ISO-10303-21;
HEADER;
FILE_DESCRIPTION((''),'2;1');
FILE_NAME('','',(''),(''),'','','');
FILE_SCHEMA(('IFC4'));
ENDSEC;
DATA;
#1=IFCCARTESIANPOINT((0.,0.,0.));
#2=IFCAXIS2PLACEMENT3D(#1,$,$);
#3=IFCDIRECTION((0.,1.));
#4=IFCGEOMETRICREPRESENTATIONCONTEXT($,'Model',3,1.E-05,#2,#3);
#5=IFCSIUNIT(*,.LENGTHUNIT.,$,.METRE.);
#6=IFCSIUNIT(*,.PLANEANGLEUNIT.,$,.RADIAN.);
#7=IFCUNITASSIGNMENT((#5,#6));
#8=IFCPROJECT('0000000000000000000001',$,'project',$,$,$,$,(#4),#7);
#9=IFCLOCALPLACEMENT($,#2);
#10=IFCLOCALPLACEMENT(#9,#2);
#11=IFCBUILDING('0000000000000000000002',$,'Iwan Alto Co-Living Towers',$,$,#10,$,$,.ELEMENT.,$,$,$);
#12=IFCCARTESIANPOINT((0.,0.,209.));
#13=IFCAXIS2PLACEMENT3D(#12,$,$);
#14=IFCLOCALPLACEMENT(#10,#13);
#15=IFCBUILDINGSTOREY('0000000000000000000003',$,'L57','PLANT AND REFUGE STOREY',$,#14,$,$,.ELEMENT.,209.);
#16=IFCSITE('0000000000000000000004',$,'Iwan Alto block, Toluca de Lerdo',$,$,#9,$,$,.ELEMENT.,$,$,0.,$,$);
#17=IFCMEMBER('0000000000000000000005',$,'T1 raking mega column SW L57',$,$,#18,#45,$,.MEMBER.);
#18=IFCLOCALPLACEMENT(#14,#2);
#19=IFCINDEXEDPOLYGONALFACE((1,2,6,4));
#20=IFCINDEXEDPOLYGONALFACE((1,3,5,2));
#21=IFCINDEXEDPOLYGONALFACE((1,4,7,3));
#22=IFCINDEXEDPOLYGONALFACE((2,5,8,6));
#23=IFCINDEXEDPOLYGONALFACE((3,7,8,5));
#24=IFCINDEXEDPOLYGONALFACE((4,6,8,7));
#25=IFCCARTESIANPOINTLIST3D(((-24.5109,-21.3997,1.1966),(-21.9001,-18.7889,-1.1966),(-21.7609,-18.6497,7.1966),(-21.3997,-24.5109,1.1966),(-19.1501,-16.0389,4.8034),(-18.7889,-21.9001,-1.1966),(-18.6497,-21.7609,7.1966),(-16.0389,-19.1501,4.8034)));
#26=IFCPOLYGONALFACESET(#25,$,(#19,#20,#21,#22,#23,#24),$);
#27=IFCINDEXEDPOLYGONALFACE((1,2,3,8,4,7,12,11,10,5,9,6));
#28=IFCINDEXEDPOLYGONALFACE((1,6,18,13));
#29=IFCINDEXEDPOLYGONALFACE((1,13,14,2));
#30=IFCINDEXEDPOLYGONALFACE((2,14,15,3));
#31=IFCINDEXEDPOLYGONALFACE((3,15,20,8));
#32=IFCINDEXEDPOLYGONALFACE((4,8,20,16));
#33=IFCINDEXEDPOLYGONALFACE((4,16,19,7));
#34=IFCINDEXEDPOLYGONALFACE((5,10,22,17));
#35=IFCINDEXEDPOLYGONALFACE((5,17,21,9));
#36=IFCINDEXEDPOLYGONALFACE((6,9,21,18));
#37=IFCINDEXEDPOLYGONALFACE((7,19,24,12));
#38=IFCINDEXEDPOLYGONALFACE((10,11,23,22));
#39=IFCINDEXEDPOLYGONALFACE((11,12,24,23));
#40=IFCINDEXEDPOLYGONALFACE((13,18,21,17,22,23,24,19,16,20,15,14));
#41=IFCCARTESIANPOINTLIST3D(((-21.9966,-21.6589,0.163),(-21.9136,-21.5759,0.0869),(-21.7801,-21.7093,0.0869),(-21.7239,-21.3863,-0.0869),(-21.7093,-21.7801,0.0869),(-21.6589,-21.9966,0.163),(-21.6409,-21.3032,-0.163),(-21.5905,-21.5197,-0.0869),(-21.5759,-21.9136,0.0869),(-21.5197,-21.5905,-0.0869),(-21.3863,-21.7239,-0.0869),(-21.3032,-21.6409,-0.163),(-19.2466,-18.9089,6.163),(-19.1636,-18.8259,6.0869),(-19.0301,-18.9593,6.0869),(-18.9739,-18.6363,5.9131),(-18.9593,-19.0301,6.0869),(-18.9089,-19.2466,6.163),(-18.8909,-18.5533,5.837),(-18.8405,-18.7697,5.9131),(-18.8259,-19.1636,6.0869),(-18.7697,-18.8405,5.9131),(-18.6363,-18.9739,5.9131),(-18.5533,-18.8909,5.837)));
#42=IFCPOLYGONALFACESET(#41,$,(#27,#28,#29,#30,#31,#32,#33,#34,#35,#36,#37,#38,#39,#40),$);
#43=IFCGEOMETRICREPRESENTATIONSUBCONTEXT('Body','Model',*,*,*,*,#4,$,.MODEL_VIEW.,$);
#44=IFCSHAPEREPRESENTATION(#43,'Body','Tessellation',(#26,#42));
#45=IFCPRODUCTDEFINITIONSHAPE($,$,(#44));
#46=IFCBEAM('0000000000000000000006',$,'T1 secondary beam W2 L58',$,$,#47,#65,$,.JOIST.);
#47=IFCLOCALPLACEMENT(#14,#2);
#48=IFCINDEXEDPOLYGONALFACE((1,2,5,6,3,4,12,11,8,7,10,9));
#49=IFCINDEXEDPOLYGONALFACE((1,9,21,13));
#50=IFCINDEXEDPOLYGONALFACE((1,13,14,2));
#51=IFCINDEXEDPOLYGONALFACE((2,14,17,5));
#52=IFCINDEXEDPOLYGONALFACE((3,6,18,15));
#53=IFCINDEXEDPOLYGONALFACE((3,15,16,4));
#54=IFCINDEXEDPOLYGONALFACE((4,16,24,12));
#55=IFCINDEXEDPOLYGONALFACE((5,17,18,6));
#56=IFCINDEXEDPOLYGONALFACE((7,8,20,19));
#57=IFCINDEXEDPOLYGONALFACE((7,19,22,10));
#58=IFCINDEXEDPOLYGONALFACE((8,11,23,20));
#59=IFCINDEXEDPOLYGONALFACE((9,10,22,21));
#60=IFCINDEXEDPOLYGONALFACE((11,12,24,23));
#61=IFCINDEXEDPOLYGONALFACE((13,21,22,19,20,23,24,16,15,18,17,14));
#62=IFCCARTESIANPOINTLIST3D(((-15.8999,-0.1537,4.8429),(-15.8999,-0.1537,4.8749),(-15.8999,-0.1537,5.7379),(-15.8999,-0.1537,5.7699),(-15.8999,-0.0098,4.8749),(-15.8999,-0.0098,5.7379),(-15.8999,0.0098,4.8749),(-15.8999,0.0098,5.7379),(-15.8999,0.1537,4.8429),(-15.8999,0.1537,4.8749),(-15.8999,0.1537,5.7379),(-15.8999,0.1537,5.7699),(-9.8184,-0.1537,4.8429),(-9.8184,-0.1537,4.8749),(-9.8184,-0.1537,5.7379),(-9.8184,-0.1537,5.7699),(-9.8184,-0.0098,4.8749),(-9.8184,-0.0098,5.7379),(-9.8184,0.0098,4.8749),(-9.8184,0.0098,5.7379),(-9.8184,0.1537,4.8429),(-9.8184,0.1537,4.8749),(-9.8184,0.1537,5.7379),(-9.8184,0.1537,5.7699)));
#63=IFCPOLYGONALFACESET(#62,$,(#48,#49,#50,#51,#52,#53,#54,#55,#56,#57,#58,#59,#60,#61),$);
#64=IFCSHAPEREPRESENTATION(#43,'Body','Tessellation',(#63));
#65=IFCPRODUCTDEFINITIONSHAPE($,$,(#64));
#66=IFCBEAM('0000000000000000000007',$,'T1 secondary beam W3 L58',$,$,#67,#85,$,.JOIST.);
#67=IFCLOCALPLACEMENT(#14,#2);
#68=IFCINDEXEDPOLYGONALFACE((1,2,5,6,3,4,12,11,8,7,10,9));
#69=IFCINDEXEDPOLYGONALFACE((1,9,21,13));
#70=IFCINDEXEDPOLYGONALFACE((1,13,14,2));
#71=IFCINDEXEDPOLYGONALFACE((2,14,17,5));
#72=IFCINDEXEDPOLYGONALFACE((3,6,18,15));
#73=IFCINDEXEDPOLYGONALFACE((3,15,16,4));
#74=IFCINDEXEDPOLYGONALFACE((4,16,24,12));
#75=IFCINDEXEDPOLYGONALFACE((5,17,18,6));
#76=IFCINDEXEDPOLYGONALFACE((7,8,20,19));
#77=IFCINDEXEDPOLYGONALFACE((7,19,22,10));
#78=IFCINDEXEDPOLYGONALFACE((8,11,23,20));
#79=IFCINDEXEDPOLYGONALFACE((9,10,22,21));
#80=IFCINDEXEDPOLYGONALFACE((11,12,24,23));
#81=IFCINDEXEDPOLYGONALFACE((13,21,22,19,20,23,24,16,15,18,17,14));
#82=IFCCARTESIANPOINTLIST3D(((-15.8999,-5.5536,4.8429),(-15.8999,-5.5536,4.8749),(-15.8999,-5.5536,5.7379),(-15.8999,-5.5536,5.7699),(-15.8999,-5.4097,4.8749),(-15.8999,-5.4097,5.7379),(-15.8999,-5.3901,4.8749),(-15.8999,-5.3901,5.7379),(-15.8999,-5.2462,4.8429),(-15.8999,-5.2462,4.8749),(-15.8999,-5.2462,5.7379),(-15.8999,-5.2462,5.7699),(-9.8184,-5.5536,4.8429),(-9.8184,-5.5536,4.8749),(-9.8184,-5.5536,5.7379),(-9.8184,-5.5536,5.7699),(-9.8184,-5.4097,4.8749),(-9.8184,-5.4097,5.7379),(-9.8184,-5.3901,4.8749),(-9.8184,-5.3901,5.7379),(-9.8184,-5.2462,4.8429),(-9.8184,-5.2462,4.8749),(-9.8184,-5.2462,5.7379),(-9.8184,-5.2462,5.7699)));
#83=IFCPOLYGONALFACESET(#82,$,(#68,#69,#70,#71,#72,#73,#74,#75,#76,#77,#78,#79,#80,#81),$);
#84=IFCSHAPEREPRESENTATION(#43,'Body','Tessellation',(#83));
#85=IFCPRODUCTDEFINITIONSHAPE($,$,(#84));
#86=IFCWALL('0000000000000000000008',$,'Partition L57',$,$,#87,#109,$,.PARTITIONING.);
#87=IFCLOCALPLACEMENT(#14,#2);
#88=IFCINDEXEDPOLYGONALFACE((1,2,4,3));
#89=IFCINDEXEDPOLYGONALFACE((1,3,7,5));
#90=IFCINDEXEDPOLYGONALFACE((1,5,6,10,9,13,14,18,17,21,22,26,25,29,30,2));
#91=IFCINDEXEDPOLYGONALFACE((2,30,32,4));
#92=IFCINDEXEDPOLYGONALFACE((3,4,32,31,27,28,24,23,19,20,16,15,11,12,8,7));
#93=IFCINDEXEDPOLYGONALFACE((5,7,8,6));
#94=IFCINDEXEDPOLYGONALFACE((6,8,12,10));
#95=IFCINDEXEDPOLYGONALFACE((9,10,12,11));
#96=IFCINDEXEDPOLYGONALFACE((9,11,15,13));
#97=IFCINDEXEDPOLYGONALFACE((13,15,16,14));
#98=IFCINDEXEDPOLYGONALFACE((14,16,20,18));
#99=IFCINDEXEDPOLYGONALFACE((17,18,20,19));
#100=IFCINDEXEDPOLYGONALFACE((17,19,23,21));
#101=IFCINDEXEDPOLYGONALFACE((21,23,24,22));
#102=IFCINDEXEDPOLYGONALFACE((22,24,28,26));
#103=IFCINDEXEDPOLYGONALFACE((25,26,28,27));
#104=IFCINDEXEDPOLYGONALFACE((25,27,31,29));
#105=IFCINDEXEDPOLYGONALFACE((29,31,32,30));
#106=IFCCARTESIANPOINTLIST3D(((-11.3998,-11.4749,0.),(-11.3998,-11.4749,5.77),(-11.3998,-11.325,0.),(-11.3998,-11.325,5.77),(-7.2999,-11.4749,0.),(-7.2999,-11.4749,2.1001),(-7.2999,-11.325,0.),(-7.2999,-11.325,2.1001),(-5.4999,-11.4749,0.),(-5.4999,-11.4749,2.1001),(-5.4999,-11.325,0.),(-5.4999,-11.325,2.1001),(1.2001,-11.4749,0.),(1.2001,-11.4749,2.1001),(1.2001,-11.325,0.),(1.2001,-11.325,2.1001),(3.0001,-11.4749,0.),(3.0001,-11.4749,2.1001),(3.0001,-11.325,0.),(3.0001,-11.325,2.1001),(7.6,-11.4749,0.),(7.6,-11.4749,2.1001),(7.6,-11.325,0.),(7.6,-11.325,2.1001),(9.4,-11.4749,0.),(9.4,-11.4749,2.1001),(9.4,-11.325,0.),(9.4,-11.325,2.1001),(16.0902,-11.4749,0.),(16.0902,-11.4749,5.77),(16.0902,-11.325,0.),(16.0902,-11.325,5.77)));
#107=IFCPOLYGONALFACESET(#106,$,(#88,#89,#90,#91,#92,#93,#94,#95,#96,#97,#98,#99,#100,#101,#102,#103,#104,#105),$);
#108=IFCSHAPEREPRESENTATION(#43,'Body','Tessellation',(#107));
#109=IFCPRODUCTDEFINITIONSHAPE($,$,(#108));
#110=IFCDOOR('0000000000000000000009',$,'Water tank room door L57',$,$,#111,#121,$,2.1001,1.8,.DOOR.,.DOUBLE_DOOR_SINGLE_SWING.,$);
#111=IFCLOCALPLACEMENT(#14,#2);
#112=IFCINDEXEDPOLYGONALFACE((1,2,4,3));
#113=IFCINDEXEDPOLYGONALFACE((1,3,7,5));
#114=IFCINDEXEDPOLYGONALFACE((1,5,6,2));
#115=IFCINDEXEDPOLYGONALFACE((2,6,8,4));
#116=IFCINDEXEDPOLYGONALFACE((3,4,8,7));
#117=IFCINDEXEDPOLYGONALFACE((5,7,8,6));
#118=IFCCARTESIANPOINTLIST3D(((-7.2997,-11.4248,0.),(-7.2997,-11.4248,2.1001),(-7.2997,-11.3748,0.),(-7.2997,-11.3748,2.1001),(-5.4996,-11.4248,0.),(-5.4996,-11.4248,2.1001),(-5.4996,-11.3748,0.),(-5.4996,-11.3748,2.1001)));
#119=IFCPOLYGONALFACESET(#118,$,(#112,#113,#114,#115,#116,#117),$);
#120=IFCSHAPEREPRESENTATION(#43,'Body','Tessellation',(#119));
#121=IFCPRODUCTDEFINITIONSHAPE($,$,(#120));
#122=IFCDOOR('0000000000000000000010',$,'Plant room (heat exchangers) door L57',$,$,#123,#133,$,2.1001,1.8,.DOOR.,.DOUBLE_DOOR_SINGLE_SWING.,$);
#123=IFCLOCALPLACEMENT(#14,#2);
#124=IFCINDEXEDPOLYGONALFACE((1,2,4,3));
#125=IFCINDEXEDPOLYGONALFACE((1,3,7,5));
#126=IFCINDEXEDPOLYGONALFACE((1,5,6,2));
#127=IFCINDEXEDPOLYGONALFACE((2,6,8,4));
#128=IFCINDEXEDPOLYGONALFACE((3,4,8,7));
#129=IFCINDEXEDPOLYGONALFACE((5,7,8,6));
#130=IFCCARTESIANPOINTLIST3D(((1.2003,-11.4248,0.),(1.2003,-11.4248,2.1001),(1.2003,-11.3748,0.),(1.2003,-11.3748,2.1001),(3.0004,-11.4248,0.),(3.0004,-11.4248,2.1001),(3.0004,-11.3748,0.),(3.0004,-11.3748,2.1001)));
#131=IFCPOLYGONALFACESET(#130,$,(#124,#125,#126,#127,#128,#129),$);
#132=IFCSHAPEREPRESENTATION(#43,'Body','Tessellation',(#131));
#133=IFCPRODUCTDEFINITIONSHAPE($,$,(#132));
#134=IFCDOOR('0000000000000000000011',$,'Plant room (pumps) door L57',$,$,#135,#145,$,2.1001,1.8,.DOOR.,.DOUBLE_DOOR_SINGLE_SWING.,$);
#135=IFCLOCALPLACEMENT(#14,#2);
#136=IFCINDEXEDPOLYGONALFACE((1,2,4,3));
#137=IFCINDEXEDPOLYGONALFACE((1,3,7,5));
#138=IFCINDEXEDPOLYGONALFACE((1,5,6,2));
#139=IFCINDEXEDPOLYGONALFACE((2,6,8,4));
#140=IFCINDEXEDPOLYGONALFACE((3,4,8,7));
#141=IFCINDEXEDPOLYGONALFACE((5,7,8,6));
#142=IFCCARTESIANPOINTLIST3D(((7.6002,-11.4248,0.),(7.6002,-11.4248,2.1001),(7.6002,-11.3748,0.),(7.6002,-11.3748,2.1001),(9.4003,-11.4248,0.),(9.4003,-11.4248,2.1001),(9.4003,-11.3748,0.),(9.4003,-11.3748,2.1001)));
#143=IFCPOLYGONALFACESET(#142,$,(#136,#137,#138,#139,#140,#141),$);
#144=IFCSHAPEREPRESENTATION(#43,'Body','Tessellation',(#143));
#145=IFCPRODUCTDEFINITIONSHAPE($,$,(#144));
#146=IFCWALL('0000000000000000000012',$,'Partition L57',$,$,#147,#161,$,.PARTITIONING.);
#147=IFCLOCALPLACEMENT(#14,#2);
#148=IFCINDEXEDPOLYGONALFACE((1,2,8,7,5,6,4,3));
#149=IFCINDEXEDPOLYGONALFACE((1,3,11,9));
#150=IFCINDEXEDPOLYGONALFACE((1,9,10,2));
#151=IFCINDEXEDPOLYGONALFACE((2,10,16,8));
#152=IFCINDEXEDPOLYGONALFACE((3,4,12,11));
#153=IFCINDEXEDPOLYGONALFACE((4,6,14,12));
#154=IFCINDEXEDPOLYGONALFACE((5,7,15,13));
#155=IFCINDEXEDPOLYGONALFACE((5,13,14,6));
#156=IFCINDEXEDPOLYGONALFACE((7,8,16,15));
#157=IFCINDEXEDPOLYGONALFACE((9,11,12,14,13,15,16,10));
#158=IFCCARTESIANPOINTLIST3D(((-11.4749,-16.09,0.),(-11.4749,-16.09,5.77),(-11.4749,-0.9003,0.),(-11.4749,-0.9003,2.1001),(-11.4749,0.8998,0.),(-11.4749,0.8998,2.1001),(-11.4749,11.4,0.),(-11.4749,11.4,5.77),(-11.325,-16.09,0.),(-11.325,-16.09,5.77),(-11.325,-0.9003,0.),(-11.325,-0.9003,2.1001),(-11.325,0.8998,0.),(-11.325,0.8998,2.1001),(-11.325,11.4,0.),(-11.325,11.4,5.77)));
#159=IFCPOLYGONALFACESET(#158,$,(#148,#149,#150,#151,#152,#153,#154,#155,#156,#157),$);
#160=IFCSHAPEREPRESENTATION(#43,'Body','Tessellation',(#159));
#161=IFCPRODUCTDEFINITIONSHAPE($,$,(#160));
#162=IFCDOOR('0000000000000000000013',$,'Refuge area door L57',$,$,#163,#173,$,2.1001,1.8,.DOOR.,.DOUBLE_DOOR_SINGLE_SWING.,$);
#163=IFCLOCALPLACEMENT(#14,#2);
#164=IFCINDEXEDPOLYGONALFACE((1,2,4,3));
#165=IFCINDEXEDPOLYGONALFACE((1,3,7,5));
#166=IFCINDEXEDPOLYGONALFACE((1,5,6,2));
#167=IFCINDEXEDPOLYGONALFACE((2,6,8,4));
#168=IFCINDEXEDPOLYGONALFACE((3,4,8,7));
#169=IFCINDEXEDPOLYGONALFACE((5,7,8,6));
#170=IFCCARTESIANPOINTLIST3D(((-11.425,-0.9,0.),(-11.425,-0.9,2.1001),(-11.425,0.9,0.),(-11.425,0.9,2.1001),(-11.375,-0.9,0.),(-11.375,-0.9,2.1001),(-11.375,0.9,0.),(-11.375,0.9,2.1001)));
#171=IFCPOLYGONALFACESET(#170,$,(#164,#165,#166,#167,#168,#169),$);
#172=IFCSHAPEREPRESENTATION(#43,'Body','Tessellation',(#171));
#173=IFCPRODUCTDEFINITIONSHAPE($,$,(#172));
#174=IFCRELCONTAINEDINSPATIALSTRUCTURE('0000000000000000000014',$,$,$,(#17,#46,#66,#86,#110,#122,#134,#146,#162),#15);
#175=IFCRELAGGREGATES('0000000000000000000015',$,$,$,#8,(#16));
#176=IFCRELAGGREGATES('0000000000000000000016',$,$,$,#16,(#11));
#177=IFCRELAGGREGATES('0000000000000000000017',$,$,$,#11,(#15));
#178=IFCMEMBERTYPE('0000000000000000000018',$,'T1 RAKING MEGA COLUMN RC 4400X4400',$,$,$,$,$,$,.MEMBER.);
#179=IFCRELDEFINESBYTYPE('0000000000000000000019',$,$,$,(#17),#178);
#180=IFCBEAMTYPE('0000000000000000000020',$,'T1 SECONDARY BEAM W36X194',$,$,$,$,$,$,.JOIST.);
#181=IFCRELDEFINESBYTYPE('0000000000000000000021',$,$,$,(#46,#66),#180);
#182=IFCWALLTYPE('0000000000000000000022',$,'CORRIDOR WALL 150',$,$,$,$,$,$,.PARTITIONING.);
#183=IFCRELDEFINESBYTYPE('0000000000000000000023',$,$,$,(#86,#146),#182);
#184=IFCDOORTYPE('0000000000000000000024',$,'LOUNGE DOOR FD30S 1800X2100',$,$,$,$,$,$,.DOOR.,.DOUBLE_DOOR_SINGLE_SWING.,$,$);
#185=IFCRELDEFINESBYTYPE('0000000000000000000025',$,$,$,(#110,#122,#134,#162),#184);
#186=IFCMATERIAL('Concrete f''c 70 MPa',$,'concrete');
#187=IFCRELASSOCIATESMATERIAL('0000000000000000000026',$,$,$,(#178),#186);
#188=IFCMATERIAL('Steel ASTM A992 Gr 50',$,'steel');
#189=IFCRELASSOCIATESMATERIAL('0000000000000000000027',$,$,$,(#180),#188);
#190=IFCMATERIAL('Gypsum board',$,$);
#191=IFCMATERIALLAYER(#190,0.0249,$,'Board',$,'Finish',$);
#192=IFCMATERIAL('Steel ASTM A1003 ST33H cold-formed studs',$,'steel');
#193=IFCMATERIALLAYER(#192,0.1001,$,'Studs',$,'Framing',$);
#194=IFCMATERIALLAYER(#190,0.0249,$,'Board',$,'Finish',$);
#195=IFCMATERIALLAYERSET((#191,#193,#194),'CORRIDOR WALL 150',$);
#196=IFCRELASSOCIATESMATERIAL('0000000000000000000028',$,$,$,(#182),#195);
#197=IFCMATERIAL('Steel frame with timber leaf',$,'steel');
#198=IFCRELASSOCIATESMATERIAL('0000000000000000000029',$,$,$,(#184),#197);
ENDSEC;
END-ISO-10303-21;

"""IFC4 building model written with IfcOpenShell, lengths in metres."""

from ifc_helpers import new_model, si_unit, direction, frame, frame_2d, origin, origin_2d, place, context, subcontext, project, spatial, rectangle, i_section, extrude, material, layer, layer_set, material_profile, profile_set, type_object, element, fill, save


model = new_model("IFC4")

# Units and contexts
model_context = context("Model", 3, precision=1e-05, world=origin(), true_north=direction((0.0, 1.0)))
body_context = subcontext(model_context, "Body", "Model", "MODEL_VIEW")
ifc_project = project(units=[si_unit("LENGTHUNIT", "METRE"), si_unit("PLANEANGLEUNIT", "RADIAN")], contexts=[model_context])

# Site, building, storey
site_placement = place(None, origin())
site = spatial("IfcSite", under=ifc_project, at=site_placement, Name="Iwan Alto block, Toluca de Lerdo", CompositionType="ELEMENT", RefElevation=0.0)
building_placement = place(site_placement, origin())
building = spatial("IfcBuilding", under=site, at=building_placement, Name="Iwan Alto Co-Living Towers", CompositionType="ELEMENT")
storey_placement = place(building_placement, frame((0.0, 0.0, 209.0)))
storey = spatial("IfcBuildingStorey", under=building, at=storey_placement, Name="L57", Description="PLANT AND REFUGE STOREY", CompositionType="ELEMENT", Elevation=209.0)

# Member
ifc_material_1 = material(Name="Concrete f'c 70 MPa", Category="concrete")
ifc_material_profile_1 = material_profile(ifc_material_1, rectangle(XDim=4.3999, YDim=4.3999, at=origin_2d()), Name="RC 4400X4400")
ifc_profile_set_1 = profile_set([ifc_material_profile_1], Name="Concrete f'c 70 MPa")
member_type_1 = type_object("IfcMemberType", Name="T1 RAKING MEGA COLUMN RC 4400X4400", PredefinedType="MEMBER", material=ifc_profile_set_1)
member_1_placement = place(storey_placement, frame((-21.6499, -21.6499, 0.0), z_axis=(0.384606, 0.384606, 0.83914), x_axis=(-0.707107, 0.707107, 0.0)))
element("IfcMember", 1, at=member_1_placement, inside=storey, type_object=member_type_1, Name="T1 raking mega column SW L57", PredefinedType="MEMBER", context=body_context, shape_type="SweptSolid", body=[
    extrude(rectangle(XDim=4.3999, YDim=4.3999, at=origin_2d()), origin(), (0.0, 0.0, 1.0), 7.1501),
    extrude(i_section(OverallWidth=0.4775, OverallDepth=0.5994, WebThickness=0.1001, FlangeThickness=0.1399, at=origin_2d()), origin(), (0.0, 0.0, 1.0), 7.1501),
])

# Beams
ifc_material_2 = material(Name="Steel ASTM A992 Gr 50", Category="steel")
ifc_material_profile_2 = material_profile(ifc_material_2, i_section(OverallWidth=0.3074, OverallDepth=0.927, WebThickness=0.0195, FlangeThickness=0.032, at=origin_2d()), Name="W36X194")
ifc_profile_set_2 = profile_set([ifc_material_profile_2], Name="Steel ASTM A992 Gr 50")
beam_type_1 = type_object("IfcBeamType", Name="T1 SECONDARY BEAM W36X194", PredefinedType="JOIST", material=ifc_profile_set_2)
for number, where, z_axis, x_axis, name in (
    (2, (-15.8999, 0.0, 5.3064), (1.0, 0.0, 0.0), (0.0, 1.0, 0.0), "T1 secondary beam W2 L58"),
    (3, (-15.8999, -5.3999, 5.3064), (1.0, 0.0, 0.0), (0.0, 1.0, 0.0), "T1 secondary beam W3 L58"),
):
    element("IfcBeam", number, at=place(storey_placement, frame(where, z_axis=z_axis, x_axis=x_axis)), inside=storey, type_object=beam_type_1, Name=name, PredefinedType="JOIST", context=body_context, shape_type="SweptSolid", body=[
        extrude(i_section(OverallWidth=0.3074, OverallDepth=0.927, WebThickness=0.0195, FlangeThickness=0.032, at=origin_2d()), origin(), (0.0, 0.0, 1.0), 6.0815),
    ])

# Wall, openings, doors
ifc_material_3 = material(Name="Gypsum board")
ifc_layer_1 = layer(ifc_material_3, 0.0249, Name="Board", Category="Finish")
ifc_material_4 = material(Name="Steel ASTM A1003 ST33H cold-formed studs", Category="steel")
ifc_layer_2 = layer(ifc_material_4, 0.1001, Name="Studs", Category="Framing")
ifc_layer_3 = layer(ifc_material_3, 0.0249, Name="Board", Category="Finish")
ifc_layer_set_1 = layer_set([ifc_layer_1, ifc_layer_2, ifc_layer_3], Name="CORRIDOR WALL 150")
wall_type_1 = type_object("IfcWallType", Name="CORRIDOR WALL 150", PredefinedType="PARTITIONING", material=ifc_layer_set_1)
wall_1_placement = place(storey_placement, frame((-11.3999, -11.3999, 0.0), z_axis=(0.0, 0.0, 1.0), x_axis=(1.0, 0.0, 0.0)))
wall_1 = element("IfcWall", 4, at=wall_1_placement, inside=storey, type_object=wall_type_1, Name="Partition L57", PredefinedType="PARTITIONING", context=body_context, shape_type="SweptSolid", body=[
    extrude(rectangle(XDim=27.49, YDim=0.1499, at=frame_2d((13.7451, 0.0))), origin(), (0.0, 0.0, 1.0), 5.77),
])
opening_1_placement = place(wall_1_placement, frame((4.1001, 0.0, 0.0)))
opening_1 = element("IfcOpeningElement", 5, at=opening_1_placement, cuts=wall_1, PredefinedType="OPENING", context=body_context, shape_type="SweptSolid", body=[
    extrude(rectangle(XDim=1.8, YDim=2.1001, at=frame_2d((0.8999, 1.05))), frame((0.0, 0.085, 0.0), z_axis=(0.0, -1.0, 0.0), x_axis=(1.0, 0.0, 0.0)), (0.0, 0.0, 1.0), 0.1699),
])
opening_2_placement = place(wall_1_placement, frame((12.6001, 0.0, 0.0)))
opening_2 = element("IfcOpeningElement", 6, at=opening_2_placement, cuts=wall_1, PredefinedType="OPENING", context=body_context, shape_type="SweptSolid", body=[
    extrude(rectangle(XDim=1.8, YDim=2.1001, at=frame_2d((0.8999, 1.05))), frame((0.0, 0.085, 0.0), z_axis=(0.0, -1.0, 0.0), x_axis=(1.0, 0.0, 0.0)), (0.0, 0.0, 1.0), 0.1699),
])
opening_3_placement = place(wall_1_placement, frame((19.0, 0.0, 0.0)))
opening_3 = element("IfcOpeningElement", 7, at=opening_3_placement, cuts=wall_1, PredefinedType="OPENING", context=body_context, shape_type="SweptSolid", body=[
    extrude(rectangle(XDim=1.8, YDim=2.1001, at=frame_2d((0.8999, 1.05))), frame((0.0, 0.085, 0.0), z_axis=(0.0, -1.0, 0.0), x_axis=(1.0, 0.0, 0.0)), (0.0, 0.0, 1.0), 0.1699),
])
ifc_material_5 = material(Name="Steel frame with timber leaf", Category="steel")
door_type = type_object("IfcDoorType", Name="LOUNGE DOOR FD30S 1800X2100", OperationType="DOUBLE_DOOR_SINGLE_SWING", PredefinedType="DOOR", material=ifc_material_5)
door_1_placement = place(opening_1_placement, frame((1.8, 0.0, 0.0), z_axis=(0.0, 0.0, 1.0), x_axis=(-1.0, 0.0, 0.0)))
door_1 = element("IfcDoor", 8, at=door_1_placement, inside=storey, type_object=door_type, Name="Water tank room door L57", OperationType="DOUBLE_DOOR_SINGLE_SWING", OverallHeight=2.1001, OverallWidth=1.8, PredefinedType="DOOR", context=body_context, shape_type="SweptSolid", body=[
    extrude(rectangle(XDim=1.8, YDim=2.1001, at=frame_2d((0.8999, 1.05))), frame((0.0, 0.0249, 0.0), z_axis=(0.0, -1.0, 0.0), x_axis=(1.0, 0.0, 0.0)), (0.0, 0.0, 1.0), 0.05),
])
fill(opening_1, door_1)
door_2_placement = place(opening_2_placement, frame((1.8, 0.0, 0.0), z_axis=(0.0, 0.0, 1.0), x_axis=(-1.0, 0.0, 0.0)))
door_2 = element("IfcDoor", 9, at=door_2_placement, inside=storey, type_object=door_type, Name="Plant room (heat exchangers) door L57", OperationType="DOUBLE_DOOR_SINGLE_SWING", OverallHeight=2.1001, OverallWidth=1.8, PredefinedType="DOOR", context=body_context, shape_type="SweptSolid", body=[
    extrude(rectangle(XDim=1.8, YDim=2.1001, at=frame_2d((0.8999, 1.05))), frame((0.0, 0.0249, 0.0), z_axis=(0.0, -1.0, 0.0), x_axis=(1.0, 0.0, 0.0)), (0.0, 0.0, 1.0), 0.05),
])
fill(opening_2, door_2)
door_3_placement = place(opening_3_placement, frame((1.8, 0.0, 0.0), z_axis=(0.0, 0.0, 1.0), x_axis=(-1.0, 0.0, 0.0)))
door_3 = element("IfcDoor", 10, at=door_3_placement, inside=storey, type_object=door_type, Name="Plant room (pumps) door L57", OperationType="DOUBLE_DOOR_SINGLE_SWING", OverallHeight=2.1001, OverallWidth=1.8, PredefinedType="DOOR", context=body_context, shape_type="SweptSolid", body=[
    extrude(rectangle(XDim=1.8, YDim=2.1001, at=frame_2d((0.8999, 1.05))), frame((0.0, 0.0249, 0.0), z_axis=(0.0, -1.0, 0.0), x_axis=(1.0, 0.0, 0.0)), (0.0, 0.0, 1.0), 0.05),
])
fill(opening_3, door_3)

# Wall, opening, door
wall_2_placement = place(storey_placement, frame((-11.3999, -16.0901, 0.0), z_axis=(0.0, 0.0, 1.0), x_axis=(0.0, 1.0, 0.0)))
wall_2 = element("IfcWall", 11, at=wall_2_placement, inside=storey, type_object=wall_type_1, Name="Partition L57", PredefinedType="PARTITIONING", context=body_context, shape_type="SweptSolid", body=[
    extrude(rectangle(XDim=27.49, YDim=0.1499, at=frame_2d((13.7451, 0.0))), origin(), (0.0, 0.0, 1.0), 5.77),
])
opening_4_placement = place(wall_2_placement, frame((15.1899, 0.0, 0.0)))
opening_4 = element("IfcOpeningElement", 12, at=opening_4_placement, cuts=wall_2, PredefinedType="OPENING", context=body_context, shape_type="SweptSolid", body=[
    extrude(rectangle(XDim=1.8, YDim=2.1001, at=frame_2d((0.8999, 1.05))), frame((0.0, 0.085, 0.0), z_axis=(0.0, -1.0, 0.0), x_axis=(1.0, 0.0, 0.0)), (0.0, 0.0, 1.0), 0.1699),
])
door_4_placement = place(opening_4_placement, frame((1.8, 0.0, 0.0), z_axis=(0.0, 0.0, 1.0), x_axis=(-1.0, 0.0, 0.0)))
door_4 = element("IfcDoor", 13, at=door_4_placement, inside=storey, type_object=door_type, Name="Refuge area door L57", OperationType="DOUBLE_DOOR_SINGLE_SWING", OverallHeight=2.1001, OverallWidth=1.8, PredefinedType="DOOR", context=body_context, shape_type="SweptSolid", body=[
    extrude(rectangle(XDim=1.8, YDim=2.1001, at=frame_2d((0.8999, 1.05))), frame((0.0, 0.0249, 0.0), z_axis=(0.0, -1.0, 0.0), x_axis=(1.0, 0.0, 0.0)), (0.0, 0.0, 1.0), 0.05),
])
fill(opening_4, door_4)

save(model, "model.ifc")
